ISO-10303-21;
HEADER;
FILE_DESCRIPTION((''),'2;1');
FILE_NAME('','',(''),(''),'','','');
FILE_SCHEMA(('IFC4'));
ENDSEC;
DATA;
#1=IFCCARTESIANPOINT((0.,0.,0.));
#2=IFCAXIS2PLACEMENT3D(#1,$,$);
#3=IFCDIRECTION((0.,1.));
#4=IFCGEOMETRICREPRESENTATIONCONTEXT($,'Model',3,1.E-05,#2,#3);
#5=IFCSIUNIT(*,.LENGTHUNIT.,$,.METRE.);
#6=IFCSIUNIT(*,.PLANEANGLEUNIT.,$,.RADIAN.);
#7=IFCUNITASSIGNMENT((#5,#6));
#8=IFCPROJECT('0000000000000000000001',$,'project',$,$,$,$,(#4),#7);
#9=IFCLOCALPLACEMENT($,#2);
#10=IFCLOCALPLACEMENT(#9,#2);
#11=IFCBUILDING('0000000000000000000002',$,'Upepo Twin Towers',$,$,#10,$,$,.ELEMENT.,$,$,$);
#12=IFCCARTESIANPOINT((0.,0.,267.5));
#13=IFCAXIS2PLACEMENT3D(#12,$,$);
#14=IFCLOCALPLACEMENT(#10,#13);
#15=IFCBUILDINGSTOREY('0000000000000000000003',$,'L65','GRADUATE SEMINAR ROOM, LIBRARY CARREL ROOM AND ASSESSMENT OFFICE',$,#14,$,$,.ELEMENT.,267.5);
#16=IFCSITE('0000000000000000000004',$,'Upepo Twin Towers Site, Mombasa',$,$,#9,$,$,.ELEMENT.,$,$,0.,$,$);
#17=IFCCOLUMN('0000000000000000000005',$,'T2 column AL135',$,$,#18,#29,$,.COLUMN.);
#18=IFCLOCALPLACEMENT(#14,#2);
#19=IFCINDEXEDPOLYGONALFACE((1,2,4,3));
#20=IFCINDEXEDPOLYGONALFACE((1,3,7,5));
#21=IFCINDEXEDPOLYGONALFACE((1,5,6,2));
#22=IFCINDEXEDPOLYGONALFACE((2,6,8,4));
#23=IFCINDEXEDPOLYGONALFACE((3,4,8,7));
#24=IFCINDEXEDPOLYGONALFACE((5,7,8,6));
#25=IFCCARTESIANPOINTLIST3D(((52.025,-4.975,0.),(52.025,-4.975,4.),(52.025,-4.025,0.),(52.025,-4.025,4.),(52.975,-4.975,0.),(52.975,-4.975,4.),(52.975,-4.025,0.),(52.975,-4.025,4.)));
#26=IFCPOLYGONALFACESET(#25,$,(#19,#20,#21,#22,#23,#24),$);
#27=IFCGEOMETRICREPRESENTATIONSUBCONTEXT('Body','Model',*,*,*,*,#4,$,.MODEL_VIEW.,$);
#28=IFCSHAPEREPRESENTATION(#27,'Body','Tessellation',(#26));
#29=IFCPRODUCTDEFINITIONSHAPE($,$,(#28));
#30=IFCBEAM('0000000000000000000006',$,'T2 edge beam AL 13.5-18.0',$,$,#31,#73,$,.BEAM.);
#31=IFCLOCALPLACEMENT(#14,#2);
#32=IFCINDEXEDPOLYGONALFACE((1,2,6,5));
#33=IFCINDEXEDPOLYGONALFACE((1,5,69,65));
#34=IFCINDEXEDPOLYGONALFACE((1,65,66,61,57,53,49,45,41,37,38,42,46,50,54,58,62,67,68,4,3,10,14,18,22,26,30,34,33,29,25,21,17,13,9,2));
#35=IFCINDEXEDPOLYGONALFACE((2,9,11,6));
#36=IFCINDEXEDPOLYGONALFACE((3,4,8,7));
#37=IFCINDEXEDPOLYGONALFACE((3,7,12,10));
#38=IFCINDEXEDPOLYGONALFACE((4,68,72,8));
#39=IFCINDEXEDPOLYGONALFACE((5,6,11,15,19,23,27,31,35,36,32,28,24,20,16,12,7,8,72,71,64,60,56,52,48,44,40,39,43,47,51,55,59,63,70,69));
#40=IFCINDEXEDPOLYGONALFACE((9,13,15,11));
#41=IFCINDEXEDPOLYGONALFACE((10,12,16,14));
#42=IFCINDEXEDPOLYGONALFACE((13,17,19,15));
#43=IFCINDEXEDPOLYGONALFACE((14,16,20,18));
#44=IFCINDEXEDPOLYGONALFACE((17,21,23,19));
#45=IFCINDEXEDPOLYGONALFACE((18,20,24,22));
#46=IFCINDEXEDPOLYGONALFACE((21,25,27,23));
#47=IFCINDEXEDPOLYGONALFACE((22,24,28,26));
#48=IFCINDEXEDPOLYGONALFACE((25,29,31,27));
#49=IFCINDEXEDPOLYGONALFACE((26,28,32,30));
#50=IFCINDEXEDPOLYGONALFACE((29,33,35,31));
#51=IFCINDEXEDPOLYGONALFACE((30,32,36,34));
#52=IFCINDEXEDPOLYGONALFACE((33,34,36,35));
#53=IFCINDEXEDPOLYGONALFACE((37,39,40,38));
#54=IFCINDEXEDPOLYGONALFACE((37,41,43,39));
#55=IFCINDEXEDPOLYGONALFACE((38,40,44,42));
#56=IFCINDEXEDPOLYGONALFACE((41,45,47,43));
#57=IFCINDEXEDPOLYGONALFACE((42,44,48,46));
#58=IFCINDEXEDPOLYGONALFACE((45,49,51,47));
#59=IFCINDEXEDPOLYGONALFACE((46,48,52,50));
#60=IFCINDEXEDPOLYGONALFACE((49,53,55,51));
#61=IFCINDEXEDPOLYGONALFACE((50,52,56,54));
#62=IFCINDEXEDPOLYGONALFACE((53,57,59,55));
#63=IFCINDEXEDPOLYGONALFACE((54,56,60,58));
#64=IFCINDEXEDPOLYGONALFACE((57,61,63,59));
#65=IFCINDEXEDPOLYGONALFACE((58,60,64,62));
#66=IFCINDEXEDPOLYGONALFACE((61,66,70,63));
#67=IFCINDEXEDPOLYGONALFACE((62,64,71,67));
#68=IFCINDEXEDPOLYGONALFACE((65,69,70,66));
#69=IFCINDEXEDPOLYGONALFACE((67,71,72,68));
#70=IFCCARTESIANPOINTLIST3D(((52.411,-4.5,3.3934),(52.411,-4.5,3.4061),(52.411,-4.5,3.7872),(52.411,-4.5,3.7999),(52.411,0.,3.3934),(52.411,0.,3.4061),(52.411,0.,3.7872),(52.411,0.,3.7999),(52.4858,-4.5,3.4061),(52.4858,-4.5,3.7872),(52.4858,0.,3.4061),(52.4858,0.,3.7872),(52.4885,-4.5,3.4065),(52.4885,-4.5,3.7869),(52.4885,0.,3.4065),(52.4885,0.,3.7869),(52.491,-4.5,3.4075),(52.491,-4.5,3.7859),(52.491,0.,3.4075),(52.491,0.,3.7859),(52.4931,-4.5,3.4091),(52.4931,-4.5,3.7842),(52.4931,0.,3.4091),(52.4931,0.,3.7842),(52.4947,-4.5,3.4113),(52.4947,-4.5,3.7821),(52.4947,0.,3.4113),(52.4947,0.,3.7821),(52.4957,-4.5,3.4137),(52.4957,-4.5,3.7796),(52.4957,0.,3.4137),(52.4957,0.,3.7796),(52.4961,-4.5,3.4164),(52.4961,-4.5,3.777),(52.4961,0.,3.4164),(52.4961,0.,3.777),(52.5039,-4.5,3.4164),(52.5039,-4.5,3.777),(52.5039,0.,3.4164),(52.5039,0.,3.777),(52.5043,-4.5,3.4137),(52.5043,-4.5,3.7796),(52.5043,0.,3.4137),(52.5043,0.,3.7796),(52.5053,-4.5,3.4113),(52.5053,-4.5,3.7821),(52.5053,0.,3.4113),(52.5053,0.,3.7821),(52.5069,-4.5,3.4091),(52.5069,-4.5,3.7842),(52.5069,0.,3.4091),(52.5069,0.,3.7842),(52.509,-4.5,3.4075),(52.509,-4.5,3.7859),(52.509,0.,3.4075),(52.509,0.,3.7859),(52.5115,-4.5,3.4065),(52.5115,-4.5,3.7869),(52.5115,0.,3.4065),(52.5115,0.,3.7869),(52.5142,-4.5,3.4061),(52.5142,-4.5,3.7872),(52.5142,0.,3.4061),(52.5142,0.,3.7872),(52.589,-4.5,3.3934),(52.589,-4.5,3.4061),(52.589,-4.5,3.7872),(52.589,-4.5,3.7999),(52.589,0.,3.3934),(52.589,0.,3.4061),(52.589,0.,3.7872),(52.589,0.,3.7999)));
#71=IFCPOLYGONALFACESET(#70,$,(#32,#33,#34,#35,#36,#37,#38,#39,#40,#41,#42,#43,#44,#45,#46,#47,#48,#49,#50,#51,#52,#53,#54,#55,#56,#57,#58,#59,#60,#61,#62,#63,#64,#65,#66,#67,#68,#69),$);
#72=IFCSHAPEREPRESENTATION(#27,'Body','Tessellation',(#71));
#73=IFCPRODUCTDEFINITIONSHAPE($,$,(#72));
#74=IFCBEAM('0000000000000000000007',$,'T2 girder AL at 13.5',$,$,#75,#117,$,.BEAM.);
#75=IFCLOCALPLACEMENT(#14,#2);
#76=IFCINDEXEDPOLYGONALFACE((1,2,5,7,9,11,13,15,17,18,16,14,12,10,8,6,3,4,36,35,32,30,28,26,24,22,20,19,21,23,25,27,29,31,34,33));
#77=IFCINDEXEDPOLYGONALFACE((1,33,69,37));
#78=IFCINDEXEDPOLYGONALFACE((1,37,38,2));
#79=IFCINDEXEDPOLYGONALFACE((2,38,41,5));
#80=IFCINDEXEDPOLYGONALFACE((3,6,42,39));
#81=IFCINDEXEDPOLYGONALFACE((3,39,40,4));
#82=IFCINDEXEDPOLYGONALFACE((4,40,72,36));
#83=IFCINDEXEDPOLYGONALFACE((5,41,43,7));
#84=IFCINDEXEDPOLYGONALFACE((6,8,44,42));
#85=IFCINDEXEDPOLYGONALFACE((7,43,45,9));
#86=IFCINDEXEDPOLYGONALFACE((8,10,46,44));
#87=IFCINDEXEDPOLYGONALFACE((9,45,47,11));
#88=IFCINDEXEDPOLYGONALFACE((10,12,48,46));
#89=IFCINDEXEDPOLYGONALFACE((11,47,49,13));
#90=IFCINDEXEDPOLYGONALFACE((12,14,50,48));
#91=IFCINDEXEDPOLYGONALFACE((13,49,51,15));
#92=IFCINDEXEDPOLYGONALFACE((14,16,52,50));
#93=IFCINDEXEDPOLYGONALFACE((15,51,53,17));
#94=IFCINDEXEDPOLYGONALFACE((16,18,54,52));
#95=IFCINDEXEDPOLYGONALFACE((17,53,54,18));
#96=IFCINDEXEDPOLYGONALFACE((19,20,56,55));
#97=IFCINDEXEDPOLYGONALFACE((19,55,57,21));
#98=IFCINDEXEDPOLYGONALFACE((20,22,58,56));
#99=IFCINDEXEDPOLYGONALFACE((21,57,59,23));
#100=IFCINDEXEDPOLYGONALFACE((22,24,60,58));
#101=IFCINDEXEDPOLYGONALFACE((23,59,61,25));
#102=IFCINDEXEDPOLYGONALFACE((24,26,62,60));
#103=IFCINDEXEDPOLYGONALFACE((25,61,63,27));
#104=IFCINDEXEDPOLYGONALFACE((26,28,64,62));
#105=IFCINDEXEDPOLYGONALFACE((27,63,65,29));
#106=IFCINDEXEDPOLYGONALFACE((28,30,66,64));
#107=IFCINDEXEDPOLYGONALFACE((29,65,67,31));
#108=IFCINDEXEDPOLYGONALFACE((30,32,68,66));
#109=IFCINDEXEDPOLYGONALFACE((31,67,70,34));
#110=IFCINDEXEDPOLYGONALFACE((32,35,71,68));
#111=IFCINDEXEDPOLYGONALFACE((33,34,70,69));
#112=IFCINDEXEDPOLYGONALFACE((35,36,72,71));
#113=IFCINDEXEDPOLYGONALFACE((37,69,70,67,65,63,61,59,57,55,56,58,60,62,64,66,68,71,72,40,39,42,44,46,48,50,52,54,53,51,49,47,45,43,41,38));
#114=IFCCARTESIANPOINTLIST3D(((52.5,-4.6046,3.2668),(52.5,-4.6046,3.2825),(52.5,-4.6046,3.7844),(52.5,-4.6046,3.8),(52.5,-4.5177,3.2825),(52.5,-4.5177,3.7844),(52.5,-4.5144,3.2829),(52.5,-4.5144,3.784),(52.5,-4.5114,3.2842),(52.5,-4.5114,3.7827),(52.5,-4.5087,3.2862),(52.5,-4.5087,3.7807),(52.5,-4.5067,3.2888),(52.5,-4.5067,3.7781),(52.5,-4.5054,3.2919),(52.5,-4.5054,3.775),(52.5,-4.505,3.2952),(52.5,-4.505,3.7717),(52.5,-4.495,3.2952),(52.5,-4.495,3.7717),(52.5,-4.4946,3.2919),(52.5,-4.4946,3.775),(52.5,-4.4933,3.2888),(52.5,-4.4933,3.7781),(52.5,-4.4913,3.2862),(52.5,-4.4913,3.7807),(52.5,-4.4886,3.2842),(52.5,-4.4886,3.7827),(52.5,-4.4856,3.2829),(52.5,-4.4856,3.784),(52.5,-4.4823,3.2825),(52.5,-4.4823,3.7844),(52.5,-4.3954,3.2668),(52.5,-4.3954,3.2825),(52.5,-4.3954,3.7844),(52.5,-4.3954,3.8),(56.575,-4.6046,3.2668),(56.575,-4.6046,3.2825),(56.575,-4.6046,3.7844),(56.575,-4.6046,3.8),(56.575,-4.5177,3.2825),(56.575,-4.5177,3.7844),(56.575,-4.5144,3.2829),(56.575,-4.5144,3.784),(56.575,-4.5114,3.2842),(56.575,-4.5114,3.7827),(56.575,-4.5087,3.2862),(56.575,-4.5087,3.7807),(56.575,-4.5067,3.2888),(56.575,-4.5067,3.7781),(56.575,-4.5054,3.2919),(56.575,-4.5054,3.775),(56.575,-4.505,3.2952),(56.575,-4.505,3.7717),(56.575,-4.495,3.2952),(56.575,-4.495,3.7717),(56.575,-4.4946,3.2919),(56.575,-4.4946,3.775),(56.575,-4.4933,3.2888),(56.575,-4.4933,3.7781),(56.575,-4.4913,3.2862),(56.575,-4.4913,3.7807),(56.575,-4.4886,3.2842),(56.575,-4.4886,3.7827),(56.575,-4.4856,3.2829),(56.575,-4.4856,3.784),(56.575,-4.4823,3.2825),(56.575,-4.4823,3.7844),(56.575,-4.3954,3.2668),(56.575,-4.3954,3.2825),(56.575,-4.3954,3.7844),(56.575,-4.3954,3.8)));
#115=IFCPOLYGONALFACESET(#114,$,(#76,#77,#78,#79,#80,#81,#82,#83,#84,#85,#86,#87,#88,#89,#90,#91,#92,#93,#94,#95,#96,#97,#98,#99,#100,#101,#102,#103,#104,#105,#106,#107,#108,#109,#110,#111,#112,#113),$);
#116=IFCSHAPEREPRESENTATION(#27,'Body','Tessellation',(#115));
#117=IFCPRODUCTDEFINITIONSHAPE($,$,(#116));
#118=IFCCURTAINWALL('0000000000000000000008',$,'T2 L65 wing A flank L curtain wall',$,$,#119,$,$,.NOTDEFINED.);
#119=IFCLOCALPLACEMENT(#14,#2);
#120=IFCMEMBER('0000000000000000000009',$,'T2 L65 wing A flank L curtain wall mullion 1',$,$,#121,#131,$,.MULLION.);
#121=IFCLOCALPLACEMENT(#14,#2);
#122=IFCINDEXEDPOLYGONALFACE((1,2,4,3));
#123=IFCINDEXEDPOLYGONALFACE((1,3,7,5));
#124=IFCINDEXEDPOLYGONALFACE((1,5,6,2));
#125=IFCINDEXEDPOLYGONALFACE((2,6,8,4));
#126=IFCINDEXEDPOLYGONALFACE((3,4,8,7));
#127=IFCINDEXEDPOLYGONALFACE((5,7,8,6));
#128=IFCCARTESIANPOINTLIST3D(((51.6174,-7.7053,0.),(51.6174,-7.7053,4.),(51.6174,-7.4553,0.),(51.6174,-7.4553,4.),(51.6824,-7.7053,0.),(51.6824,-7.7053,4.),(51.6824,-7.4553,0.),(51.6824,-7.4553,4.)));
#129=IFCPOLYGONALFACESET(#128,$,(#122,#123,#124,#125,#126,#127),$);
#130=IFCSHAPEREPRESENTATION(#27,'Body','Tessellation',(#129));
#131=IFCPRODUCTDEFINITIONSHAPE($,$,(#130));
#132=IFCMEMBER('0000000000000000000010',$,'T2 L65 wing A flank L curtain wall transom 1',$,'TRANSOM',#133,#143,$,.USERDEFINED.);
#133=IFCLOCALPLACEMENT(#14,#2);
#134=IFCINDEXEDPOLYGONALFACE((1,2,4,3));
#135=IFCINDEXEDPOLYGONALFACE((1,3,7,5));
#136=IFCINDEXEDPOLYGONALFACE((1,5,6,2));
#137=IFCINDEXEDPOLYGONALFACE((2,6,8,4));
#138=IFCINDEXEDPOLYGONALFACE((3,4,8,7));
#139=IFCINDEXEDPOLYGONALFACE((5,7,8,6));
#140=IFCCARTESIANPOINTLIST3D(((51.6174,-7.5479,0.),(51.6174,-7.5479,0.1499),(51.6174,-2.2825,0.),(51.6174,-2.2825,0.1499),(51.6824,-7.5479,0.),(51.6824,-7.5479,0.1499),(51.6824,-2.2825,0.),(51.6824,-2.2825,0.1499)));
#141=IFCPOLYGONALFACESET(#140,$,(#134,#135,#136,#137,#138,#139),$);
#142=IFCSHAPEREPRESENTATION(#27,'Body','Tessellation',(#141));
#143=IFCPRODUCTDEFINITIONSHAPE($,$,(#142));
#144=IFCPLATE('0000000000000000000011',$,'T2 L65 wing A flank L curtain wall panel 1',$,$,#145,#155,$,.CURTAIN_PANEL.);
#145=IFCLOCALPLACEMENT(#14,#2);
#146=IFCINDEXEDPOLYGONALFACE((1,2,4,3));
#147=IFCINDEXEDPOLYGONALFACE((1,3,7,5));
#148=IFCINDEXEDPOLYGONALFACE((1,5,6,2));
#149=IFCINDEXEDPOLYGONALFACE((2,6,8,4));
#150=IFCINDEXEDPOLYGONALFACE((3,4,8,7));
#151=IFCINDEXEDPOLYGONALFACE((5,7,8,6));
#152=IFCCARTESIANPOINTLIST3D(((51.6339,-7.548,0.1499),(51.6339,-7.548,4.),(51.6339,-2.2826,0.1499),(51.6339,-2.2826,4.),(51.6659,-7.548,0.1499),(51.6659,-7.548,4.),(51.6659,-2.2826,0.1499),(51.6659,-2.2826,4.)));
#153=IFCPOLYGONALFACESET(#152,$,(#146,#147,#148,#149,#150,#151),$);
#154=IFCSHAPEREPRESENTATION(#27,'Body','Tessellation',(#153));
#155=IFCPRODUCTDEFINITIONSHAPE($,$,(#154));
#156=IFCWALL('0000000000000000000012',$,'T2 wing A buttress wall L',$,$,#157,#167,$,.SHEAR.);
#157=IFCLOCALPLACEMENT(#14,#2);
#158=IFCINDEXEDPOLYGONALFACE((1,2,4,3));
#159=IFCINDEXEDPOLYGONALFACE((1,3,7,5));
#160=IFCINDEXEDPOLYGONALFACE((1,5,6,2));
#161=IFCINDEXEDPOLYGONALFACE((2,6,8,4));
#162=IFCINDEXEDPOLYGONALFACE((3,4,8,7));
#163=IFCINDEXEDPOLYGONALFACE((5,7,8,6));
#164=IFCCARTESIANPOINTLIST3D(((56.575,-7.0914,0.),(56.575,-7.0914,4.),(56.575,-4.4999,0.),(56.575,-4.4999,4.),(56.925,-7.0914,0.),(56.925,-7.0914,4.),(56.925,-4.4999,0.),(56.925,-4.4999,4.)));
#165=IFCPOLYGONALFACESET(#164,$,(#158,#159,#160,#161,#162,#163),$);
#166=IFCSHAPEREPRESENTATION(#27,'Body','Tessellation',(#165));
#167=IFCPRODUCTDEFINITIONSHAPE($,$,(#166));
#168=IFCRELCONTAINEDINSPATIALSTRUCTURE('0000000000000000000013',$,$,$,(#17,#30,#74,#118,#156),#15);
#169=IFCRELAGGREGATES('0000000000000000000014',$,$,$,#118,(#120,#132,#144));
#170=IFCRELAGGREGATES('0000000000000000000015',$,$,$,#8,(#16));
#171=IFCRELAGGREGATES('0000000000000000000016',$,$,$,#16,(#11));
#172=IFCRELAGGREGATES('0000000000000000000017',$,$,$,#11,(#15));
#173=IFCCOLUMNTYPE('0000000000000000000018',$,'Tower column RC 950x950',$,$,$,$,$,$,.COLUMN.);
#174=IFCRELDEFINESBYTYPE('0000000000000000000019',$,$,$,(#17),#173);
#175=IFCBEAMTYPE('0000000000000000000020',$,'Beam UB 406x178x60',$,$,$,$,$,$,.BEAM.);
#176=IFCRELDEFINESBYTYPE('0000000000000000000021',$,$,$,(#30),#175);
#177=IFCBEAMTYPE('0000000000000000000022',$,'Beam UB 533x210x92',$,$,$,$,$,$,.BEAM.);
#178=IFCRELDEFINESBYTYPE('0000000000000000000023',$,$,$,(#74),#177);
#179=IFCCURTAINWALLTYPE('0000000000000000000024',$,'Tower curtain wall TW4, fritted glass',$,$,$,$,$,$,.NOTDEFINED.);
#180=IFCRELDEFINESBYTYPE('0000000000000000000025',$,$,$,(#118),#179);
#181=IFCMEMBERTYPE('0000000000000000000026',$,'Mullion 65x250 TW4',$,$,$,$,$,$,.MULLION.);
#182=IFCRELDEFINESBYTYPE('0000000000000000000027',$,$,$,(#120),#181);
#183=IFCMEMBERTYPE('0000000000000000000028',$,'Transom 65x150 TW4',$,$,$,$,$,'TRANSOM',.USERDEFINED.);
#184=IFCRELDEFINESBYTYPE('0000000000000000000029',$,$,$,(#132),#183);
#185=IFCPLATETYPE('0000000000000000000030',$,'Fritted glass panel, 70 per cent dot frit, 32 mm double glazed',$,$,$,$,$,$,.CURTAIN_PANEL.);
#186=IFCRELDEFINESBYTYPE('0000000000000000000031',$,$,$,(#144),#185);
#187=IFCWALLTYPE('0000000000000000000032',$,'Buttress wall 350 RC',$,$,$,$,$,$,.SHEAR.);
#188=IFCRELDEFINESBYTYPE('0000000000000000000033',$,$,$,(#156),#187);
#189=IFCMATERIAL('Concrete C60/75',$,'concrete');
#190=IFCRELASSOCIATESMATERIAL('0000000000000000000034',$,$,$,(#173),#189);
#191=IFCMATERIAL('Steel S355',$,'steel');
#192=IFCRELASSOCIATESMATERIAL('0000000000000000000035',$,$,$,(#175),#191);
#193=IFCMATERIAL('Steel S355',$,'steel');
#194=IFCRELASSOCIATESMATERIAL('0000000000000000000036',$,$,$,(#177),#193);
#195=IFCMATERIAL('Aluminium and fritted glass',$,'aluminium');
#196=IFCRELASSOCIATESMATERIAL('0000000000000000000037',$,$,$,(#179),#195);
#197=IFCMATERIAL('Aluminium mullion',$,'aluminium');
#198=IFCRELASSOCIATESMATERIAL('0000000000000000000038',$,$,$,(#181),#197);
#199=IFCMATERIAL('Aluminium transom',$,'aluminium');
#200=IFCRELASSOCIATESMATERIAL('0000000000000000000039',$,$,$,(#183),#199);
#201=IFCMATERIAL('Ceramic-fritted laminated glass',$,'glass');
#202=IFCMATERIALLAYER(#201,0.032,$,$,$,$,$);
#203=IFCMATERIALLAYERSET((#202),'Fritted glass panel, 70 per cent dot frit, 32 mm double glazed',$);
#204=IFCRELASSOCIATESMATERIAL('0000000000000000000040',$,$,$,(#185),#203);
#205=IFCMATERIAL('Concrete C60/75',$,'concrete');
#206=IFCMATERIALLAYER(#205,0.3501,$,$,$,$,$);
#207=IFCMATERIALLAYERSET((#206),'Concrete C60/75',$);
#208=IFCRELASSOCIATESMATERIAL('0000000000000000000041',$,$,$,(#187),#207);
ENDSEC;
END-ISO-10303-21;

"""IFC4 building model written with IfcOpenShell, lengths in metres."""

from ifc_helpers import new_model, si_unit, direction, frame, frame_2d, origin, origin_2d, place, context, subcontext, project, spatial, rectangle, i_section, extrude, material, layer, layer_set, material_profile, profile_set, type_object, element, aggregate, save


model = new_model("IFC4")

# Units and contexts
model_context = context("Model", 3, precision=1e-05, world=origin(), true_north=direction((0.0, 1.0)))
body_context = subcontext(model_context, "Body", "Model", "MODEL_VIEW")
ifc_project = project(units=[si_unit("LENGTHUNIT", "METRE"), si_unit("PLANEANGLEUNIT", "RADIAN")], contexts=[model_context])

# Site, building, storey
site_placement = place(None, origin())
site = spatial("IfcSite", under=ifc_project, at=site_placement, Name="Upepo Twin Towers Site, Mombasa", CompositionType="ELEMENT", RefElevation=0.0)
building_placement = place(site_placement, origin())
building = spatial("IfcBuilding", under=site, at=building_placement, Name="Upepo Twin Towers", CompositionType="ELEMENT")
storey_placement = place(building_placement, frame((0.0, 0.0, 267.5)))
storey = spatial("IfcBuildingStorey", under=building, at=storey_placement, Name="L65", Description="GRADUATE SEMINAR ROOM, LIBRARY CARREL ROOM AND ASSESSMENT OFFICE", CompositionType="ELEMENT", Elevation=267.5)

# Column
ifc_material_1 = material(Name="Concrete C60/75", Category="concrete")
ifc_material_profile_1 = material_profile(ifc_material_1, rectangle(XDim=0.95, YDim=0.95, at=origin_2d()), Name="RC 950x950")
ifc_profile_set_1 = profile_set([ifc_material_profile_1], Name="Concrete C60/75")
column_type = type_object("IfcColumnType", Name="Tower column RC 950x950", PredefinedType="COLUMN", material=ifc_profile_set_1)
column_placement = place(storey_placement, frame((52.5, -4.5, 0.0), z_axis=(0.0, 0.0, 1.0), x_axis=(1.0, 0.0, 0.0)))
element("IfcColumn", 1, at=column_placement, inside=storey, type_object=column_type, Name="T2 column AL135", PredefinedType="COLUMN", context=body_context, shape_type="SweptSolid", body=[
    extrude(rectangle(XDim=0.95, YDim=0.95, at=origin_2d()), origin(), (0.0, 0.0, 1.0), 4.0),
])

# Beams
ifc_material_2 = material(Name="Steel S355", Category="steel")
ifc_material_profile_2 = material_profile(ifc_material_2, i_section(OverallWidth=0.178, OverallDepth=0.4065, WebThickness=0.0078, FlangeThickness=0.0127, FilletRadius=0.0103, at=origin_2d()), Name="UB 406x178x60")
ifc_profile_set_2 = profile_set([ifc_material_profile_2], Name="Steel S355")
beam_type_1 = type_object("IfcBeamType", Name="Beam UB 406x178x60", PredefinedType="BEAM", material=ifc_profile_set_2)
beam_1_placement = place(storey_placement, frame((52.5, -4.5, 3.5967), z_axis=(0.0, 1.0, 0.0), x_axis=(-1.0, 0.0, 0.0)))
element("IfcBeam", 2, at=beam_1_placement, inside=storey, type_object=beam_type_1, Name="T2 edge beam AL 13.5-18.0", PredefinedType="BEAM", context=body_context, shape_type="SweptSolid", body=[
    extrude(i_section(OverallWidth=0.178, OverallDepth=0.4065, WebThickness=0.0078, FlangeThickness=0.0127, FilletRadius=0.0103, at=origin_2d()), origin(), (0.0, 0.0, 1.0), 4.5),
])
ifc_material_3 = material(Name="Steel S355", Category="steel")
ifc_material_profile_3 = material_profile(ifc_material_3, i_section(OverallWidth=0.2092, OverallDepth=0.5332, WebThickness=0.01, FlangeThickness=0.0156, FilletRadius=0.0127, at=origin_2d()), Name="UB 533x210x92")
ifc_profile_set_3 = profile_set([ifc_material_profile_3], Name="Steel S355")
beam_type_2 = type_object("IfcBeamType", Name="Beam UB 533x210x92", PredefinedType="BEAM", material=ifc_profile_set_3)
beam_2_placement = place(storey_placement, frame((52.5, -4.5, 3.5334), z_axis=(1.0, 0.0, 0.0), x_axis=(0.0, 1.0, 0.0)))
element("IfcBeam", 3, at=beam_2_placement, inside=storey, type_object=beam_type_2, Name="T2 girder AL at 13.5", PredefinedType="BEAM", context=body_context, shape_type="SweptSolid", body=[
    extrude(i_section(OverallWidth=0.2092, OverallDepth=0.5332, WebThickness=0.01, FlangeThickness=0.0156, FilletRadius=0.0127, at=origin_2d()), origin(), (0.0, 0.0, 1.0), 4.075),
])

# Curtain wall, members, plate
ifc_material_4 = material(Name="Aluminium and fritted glass", Category="aluminium")
curtain_wall_type = type_object("IfcCurtainWallType", Name="Tower curtain wall TW4, fritted glass", PredefinedType="NOTDEFINED", material=ifc_material_4)
curtain_wall_placement = place(storey_placement, origin())
curtain_wall = element("IfcCurtainWall", 4, at=curtain_wall_placement, inside=storey, type_object=curtain_wall_type, Name="T2 L65 wing A flank L curtain wall", PredefinedType="NOTDEFINED")
ifc_material_5 = material(Name="Aluminium mullion", Category="aluminium")
ifc_material_profile_4 = material_profile(ifc_material_5, rectangle(XDim=0.0649, YDim=0.25, at=origin_2d()), Name="MULLION 65x250")
ifc_profile_set_4 = profile_set([ifc_material_profile_4], Name="Aluminium mullion")
member_type_1 = type_object("IfcMemberType", Name="Mullion 65x250 TW4", PredefinedType="MULLION", material=ifc_profile_set_4)
member_1_placement = place(storey_placement, frame((51.6499, -7.5803, 0.0), z_axis=(0.0, 0.0, 1.0), x_axis=(-1.0, 0.0, 0.0)))
member_1 = element("IfcMember", 5, at=member_1_placement, type_object=member_type_1, Name="T2 L65 wing A flank L curtain wall mullion 1", PredefinedType="MULLION", context=body_context, shape_type="SweptSolid", body=[
    extrude(rectangle(XDim=0.0649, YDim=0.25, at=origin_2d()), origin(), (0.0, 0.0, 1.0), 4.0),
])
ifc_material_6 = material(Name="Aluminium transom", Category="aluminium")
ifc_material_profile_5 = material_profile(ifc_material_6, rectangle(XDim=0.0649, YDim=0.1499, at=origin_2d()), Name="TRANSOM 65x150")
ifc_profile_set_5 = profile_set([ifc_material_profile_5], Name="Aluminium transom")
member_type_2 = type_object("IfcMemberType", Name="Transom 65x150 TW4", ElementType="TRANSOM", PredefinedType="USERDEFINED", material=ifc_profile_set_5)
member_2_placement = place(storey_placement, frame((51.6499, -7.5479, 0.075), z_axis=(0.0, 1.0, 0.0), x_axis=(-1.0, 0.0, 0.0)))
member_2 = element("IfcMember", 6, at=member_2_placement, type_object=member_type_2, Name="T2 L65 wing A flank L curtain wall transom 1", ObjectType="TRANSOM", PredefinedType="USERDEFINED", context=body_context, shape_type="SweptSolid", body=[
    extrude(rectangle(XDim=0.0649, YDim=0.1499, at=origin_2d()), origin(), (0.0, 0.0, 1.0), 5.2654),
])
ifc_material_7 = material(Name="Ceramic-fritted laminated glass", Category="glass")
ifc_layer_1 = layer(ifc_material_7, 0.032)
ifc_layer_set_1 = layer_set([ifc_layer_1], Name="Fritted glass panel, 70 per cent dot frit, 32 mm double glazed")
plate_type = type_object("IfcPlateType", Name="Fritted glass panel, 70 per cent dot frit, 32 mm double glazed", PredefinedType="CURTAIN_PANEL", material=ifc_layer_set_1)
plate_placement = place(storey_placement, frame((51.6499, -4.9153, 0.1499), z_axis=(0.0, 0.0, 1.0), x_axis=(0.0, 1.0, 0.0)))
plate = element("IfcPlate", 7, at=plate_placement, type_object=plate_type, Name="T2 L65 wing A flank L curtain wall panel 1", PredefinedType="CURTAIN_PANEL", context=body_context, shape_type="SweptSolid", body=[
    extrude(rectangle(XDim=5.2654, YDim=0.032, at=origin_2d()), origin(), (0.0, 0.0, 1.0), 3.8501),
])
aggregate(curtain_wall, [member_1, member_2, plate])

# Wall
ifc_material_8 = material(Name="Concrete C60/75", Category="concrete")
ifc_layer_2 = layer(ifc_material_8, 0.3501)
ifc_layer_set_2 = layer_set([ifc_layer_2], Name="Concrete C60/75")
wall_type_1 = type_object("IfcWallType", Name="Buttress wall 350 RC", PredefinedType="SHEAR", material=ifc_layer_set_2)
wall_1_placement = place(storey_placement, frame((56.75, -7.0916, 0.0), z_axis=(0.0, 0.0, 1.0), x_axis=(0.0, 1.0, 0.0)))
element("IfcWall", 8, at=wall_1_placement, inside=storey, type_object=wall_type_1, Name="T2 wing A buttress wall L", PredefinedType="SHEAR", context=body_context, shape_type="SweptSolid", body=[
    extrude(rectangle(XDim=2.5916, YDim=0.3501, at=frame_2d((1.2959, 0.0))), origin(), (0.0, 0.0, 1.0), 4.0),
])

save(model, "model.ifc")
